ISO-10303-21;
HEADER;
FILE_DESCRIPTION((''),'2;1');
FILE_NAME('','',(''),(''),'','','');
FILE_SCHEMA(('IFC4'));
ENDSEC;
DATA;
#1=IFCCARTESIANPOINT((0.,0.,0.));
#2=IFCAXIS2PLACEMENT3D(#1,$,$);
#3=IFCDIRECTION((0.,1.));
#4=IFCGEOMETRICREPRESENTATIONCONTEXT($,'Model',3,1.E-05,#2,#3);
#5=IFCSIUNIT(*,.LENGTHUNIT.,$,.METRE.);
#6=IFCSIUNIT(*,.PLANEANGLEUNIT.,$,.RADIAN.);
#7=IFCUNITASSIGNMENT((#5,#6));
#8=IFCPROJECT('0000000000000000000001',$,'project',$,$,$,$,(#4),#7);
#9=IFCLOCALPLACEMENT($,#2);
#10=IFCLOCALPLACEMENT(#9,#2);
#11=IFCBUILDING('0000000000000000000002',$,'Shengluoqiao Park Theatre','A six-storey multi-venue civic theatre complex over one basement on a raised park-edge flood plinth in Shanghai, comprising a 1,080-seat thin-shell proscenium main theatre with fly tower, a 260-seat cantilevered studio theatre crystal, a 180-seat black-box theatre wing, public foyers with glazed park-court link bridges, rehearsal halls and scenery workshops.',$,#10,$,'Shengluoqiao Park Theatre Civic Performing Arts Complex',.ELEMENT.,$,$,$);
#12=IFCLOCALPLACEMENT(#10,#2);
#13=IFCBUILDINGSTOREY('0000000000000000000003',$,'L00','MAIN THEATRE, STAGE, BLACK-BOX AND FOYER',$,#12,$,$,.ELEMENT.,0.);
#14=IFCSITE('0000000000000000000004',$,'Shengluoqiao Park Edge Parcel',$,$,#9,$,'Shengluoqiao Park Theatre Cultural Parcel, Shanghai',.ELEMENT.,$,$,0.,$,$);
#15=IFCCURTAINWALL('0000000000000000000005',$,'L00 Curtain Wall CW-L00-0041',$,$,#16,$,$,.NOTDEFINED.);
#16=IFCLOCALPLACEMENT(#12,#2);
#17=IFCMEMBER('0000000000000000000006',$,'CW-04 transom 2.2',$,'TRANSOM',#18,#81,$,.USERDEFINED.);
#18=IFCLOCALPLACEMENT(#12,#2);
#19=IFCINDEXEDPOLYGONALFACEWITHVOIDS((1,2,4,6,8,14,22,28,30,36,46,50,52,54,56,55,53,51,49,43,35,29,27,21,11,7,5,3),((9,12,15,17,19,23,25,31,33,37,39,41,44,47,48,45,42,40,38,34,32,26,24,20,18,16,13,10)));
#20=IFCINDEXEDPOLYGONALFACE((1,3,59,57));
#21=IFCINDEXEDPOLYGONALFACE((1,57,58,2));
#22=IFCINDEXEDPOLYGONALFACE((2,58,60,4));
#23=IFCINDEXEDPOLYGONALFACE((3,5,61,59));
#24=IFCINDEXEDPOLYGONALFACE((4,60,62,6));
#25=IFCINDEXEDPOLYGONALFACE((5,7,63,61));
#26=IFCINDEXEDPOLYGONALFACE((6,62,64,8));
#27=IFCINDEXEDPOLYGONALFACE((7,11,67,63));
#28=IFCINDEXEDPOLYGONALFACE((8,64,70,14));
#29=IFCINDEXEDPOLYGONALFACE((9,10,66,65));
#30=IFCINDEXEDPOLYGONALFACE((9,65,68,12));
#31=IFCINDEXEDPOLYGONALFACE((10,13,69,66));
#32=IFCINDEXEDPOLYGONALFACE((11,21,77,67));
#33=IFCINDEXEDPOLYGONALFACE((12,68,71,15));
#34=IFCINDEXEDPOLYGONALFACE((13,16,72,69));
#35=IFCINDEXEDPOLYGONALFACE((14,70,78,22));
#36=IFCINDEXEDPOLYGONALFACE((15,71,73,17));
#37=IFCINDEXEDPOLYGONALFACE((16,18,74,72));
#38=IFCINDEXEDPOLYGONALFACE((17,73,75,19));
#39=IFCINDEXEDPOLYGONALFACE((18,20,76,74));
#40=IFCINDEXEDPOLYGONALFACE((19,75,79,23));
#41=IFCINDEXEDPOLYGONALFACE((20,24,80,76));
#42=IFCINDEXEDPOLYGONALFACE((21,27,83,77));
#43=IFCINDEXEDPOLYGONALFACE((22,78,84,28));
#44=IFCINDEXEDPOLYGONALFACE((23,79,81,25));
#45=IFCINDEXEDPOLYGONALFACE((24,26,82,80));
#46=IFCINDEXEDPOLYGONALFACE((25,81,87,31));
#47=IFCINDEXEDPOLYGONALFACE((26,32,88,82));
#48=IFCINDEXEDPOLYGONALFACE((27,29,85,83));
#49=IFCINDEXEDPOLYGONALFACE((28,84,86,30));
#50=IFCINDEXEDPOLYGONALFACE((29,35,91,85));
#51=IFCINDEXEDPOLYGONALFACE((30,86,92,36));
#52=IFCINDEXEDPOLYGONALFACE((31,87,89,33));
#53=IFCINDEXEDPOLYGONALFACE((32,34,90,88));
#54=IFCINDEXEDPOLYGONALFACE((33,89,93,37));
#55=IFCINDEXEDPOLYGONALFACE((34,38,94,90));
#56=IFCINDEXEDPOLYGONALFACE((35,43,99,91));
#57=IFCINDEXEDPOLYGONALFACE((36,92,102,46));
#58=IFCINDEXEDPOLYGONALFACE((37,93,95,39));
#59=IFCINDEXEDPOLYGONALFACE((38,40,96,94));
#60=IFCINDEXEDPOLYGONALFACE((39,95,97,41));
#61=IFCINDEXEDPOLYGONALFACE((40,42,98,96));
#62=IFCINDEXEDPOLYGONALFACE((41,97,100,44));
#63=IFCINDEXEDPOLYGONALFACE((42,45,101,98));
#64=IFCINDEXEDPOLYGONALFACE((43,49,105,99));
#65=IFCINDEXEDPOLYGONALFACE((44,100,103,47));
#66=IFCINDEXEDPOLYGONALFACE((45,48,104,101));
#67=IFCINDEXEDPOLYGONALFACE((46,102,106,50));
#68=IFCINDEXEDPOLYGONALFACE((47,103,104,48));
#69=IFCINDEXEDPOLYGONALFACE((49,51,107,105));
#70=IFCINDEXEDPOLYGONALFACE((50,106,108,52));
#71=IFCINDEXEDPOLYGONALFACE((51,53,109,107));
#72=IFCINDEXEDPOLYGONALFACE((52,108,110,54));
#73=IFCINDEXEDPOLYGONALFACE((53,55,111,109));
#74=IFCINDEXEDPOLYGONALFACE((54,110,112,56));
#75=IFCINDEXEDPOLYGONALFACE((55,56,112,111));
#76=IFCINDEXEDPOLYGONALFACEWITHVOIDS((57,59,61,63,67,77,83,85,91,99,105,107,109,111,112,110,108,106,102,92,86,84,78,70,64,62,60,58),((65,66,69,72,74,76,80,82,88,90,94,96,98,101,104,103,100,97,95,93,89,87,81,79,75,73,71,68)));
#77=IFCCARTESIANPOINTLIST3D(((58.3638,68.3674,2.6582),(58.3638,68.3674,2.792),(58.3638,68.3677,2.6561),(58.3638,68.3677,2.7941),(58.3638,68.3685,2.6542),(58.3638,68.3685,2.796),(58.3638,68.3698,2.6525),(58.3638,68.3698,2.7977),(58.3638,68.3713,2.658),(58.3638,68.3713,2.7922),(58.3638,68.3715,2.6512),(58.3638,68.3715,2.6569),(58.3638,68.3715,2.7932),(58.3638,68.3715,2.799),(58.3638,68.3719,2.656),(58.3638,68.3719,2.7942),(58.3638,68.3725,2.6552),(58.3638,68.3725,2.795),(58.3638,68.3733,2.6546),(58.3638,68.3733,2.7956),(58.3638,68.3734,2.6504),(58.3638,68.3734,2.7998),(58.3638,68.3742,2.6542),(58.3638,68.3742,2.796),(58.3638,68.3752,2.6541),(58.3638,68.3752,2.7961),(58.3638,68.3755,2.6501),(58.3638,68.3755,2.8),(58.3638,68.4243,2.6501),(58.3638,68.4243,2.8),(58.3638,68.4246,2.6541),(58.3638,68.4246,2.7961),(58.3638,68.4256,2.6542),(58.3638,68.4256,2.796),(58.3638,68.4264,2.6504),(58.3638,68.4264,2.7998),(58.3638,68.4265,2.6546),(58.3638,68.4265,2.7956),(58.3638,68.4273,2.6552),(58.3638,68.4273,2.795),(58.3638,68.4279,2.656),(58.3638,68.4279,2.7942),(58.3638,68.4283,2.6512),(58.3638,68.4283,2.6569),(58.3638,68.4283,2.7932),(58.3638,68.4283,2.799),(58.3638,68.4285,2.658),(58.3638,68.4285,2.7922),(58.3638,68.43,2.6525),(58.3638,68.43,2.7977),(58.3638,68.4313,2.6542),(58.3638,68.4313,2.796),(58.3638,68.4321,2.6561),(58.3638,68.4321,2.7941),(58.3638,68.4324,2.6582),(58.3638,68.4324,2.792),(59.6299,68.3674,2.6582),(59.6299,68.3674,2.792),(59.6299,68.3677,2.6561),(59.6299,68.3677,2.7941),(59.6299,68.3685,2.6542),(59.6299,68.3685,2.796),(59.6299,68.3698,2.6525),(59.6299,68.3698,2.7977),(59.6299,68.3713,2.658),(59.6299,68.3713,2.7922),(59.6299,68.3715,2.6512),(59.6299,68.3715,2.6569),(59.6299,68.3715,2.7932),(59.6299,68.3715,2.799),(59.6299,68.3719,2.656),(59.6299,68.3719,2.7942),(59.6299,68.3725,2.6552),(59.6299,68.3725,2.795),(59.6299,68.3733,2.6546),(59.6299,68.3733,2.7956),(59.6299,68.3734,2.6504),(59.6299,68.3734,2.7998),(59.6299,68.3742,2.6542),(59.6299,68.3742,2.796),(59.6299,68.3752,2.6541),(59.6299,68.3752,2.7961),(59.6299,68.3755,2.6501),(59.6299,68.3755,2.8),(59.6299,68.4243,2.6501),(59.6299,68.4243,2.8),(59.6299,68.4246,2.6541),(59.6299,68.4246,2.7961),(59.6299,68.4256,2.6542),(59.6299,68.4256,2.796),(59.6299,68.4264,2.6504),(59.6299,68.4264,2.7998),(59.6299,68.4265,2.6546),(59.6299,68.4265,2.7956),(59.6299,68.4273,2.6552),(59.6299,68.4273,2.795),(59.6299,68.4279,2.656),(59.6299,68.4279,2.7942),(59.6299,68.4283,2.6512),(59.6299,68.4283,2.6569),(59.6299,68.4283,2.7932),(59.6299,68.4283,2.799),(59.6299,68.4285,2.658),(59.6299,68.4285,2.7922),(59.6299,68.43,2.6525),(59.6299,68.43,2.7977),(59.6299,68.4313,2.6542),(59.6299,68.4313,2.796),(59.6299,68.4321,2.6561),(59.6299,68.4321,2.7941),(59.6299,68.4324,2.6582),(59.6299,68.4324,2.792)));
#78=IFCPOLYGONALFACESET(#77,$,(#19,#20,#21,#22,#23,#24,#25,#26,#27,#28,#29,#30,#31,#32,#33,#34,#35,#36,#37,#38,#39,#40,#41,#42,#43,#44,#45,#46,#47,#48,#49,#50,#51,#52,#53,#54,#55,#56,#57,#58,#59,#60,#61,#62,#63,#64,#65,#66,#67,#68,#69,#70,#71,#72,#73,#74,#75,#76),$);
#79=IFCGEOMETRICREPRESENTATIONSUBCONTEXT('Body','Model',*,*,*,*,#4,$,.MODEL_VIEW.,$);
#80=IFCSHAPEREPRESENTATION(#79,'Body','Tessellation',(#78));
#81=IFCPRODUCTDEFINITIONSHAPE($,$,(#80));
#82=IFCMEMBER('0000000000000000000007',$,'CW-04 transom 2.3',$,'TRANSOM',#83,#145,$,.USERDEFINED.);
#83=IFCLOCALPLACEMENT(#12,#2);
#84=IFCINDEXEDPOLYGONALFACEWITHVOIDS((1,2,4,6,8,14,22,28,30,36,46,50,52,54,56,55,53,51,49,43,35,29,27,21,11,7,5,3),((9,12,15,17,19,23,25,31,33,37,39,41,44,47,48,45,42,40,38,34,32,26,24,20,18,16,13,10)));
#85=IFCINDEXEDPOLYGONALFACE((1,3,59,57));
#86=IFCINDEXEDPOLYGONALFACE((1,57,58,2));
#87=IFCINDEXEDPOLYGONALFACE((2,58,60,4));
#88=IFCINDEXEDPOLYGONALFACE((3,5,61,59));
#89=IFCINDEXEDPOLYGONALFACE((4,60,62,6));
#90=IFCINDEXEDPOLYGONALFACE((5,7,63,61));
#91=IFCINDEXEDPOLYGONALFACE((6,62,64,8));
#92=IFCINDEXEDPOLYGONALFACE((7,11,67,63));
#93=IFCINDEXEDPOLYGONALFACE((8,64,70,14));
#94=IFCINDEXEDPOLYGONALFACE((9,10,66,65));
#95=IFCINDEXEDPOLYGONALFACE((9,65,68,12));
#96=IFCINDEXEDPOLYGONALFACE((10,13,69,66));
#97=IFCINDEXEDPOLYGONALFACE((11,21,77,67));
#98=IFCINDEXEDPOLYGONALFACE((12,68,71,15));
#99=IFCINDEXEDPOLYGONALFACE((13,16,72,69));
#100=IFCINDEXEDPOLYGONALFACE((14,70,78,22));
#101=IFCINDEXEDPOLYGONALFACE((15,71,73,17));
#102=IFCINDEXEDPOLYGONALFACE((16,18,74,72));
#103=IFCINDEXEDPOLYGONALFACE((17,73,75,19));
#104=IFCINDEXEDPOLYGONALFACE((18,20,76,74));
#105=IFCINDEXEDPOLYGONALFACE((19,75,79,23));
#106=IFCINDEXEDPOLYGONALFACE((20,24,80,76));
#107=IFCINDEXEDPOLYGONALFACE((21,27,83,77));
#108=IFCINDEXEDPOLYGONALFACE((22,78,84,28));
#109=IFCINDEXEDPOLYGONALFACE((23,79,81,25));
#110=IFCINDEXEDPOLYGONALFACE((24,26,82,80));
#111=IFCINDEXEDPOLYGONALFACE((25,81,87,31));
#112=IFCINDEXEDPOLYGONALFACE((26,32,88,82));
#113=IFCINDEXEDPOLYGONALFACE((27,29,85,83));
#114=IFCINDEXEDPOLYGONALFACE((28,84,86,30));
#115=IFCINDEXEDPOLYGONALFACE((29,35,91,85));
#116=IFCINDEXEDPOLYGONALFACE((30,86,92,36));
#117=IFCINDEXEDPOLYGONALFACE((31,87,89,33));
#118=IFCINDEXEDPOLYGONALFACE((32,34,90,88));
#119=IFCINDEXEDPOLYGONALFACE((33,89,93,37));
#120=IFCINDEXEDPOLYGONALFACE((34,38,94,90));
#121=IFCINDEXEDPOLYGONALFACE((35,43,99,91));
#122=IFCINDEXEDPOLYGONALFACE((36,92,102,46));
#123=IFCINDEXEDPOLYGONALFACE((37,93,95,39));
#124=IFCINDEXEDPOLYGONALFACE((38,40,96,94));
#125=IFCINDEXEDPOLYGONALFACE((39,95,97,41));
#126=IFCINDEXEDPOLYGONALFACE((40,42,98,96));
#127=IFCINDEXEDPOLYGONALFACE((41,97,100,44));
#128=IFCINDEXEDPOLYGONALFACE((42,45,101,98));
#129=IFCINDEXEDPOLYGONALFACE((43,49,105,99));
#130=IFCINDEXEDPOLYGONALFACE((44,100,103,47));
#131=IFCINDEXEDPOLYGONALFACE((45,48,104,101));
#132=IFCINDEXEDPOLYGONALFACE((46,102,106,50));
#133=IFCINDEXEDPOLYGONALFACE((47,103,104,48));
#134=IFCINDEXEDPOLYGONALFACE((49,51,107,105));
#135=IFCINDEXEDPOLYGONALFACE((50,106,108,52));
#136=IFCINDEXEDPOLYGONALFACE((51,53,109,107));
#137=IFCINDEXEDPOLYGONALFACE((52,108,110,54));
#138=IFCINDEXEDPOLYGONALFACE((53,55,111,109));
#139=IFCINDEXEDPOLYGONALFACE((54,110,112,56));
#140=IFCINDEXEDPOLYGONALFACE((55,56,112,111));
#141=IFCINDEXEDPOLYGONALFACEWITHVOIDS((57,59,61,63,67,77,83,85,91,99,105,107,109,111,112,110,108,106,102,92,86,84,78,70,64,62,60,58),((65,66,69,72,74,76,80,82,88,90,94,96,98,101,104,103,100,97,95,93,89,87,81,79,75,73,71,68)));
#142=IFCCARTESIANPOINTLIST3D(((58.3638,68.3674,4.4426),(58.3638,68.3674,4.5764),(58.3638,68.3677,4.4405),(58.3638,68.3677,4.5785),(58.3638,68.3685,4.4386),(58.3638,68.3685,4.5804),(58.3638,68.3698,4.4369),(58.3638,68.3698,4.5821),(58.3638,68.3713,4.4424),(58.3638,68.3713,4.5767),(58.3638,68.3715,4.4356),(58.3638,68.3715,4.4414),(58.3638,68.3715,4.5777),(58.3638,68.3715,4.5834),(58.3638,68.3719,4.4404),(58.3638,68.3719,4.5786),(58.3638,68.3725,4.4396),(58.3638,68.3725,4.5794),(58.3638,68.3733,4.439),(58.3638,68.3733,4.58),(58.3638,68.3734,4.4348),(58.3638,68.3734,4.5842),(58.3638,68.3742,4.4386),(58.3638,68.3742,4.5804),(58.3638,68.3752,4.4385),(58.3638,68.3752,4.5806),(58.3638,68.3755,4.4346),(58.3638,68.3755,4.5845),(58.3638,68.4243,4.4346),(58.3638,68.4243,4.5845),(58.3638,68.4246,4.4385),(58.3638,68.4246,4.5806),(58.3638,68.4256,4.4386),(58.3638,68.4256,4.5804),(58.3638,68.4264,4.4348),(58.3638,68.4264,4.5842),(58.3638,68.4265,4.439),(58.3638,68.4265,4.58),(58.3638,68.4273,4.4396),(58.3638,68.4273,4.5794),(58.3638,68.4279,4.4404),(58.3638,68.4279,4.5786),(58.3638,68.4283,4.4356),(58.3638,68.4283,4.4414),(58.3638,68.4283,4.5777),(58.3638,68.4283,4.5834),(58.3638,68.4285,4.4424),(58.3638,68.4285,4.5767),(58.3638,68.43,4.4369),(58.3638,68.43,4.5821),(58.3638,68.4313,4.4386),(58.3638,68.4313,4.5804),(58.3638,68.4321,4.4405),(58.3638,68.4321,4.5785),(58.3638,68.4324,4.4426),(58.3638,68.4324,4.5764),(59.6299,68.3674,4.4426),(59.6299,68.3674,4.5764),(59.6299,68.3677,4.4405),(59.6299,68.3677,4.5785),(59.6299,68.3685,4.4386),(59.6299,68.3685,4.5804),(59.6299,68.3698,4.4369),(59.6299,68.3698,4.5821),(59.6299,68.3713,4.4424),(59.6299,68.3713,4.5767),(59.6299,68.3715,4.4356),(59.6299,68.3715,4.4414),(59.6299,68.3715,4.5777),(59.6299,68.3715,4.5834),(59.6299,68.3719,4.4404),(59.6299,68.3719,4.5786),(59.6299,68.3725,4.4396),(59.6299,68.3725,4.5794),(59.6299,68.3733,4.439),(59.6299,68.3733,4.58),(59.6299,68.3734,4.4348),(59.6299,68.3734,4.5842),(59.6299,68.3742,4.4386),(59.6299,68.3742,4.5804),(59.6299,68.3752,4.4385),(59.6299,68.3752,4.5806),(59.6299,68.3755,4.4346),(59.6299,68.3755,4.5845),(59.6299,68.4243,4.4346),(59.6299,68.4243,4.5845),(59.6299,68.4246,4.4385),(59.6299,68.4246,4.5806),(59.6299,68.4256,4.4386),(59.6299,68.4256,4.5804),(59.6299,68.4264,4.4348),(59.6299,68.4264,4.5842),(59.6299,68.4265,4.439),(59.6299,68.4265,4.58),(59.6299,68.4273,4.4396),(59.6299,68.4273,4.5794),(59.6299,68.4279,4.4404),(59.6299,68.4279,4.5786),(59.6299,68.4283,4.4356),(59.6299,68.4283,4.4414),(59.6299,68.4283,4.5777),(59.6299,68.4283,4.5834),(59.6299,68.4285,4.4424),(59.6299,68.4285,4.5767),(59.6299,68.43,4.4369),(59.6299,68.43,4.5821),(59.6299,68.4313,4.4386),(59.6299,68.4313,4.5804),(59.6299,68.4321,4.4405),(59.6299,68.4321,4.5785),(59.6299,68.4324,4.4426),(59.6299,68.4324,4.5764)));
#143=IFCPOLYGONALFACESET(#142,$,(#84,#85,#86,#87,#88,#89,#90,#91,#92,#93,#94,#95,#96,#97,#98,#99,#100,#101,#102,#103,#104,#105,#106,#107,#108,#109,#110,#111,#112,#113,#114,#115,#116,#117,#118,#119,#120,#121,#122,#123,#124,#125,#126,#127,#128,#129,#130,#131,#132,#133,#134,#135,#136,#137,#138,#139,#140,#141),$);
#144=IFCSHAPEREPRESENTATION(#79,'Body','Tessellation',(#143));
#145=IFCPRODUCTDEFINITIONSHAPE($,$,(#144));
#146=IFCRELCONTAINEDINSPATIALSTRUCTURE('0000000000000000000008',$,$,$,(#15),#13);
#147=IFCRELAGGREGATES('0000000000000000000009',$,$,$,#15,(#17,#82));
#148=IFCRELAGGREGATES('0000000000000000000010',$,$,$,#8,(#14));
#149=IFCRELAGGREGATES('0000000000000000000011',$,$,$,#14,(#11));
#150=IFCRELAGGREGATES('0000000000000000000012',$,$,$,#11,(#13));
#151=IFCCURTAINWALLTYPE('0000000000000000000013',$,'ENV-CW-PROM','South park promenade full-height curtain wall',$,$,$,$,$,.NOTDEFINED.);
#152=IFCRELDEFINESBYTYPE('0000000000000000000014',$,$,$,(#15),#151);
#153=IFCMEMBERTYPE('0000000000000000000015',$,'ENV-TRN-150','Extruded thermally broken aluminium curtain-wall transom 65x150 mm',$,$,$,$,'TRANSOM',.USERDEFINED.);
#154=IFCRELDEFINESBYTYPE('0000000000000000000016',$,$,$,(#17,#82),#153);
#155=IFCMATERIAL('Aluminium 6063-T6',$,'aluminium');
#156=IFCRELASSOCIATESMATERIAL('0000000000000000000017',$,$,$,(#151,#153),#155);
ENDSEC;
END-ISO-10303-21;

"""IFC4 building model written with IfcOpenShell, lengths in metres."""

from ifc_helpers import new_model, si_unit, direction, frame, origin, origin_2d, place, context, subcontext, project, spatial, hollow_rectangle, extrude, material, material_profile, profile_set, type_object, element, aggregate, save


model = new_model("IFC4")

# Units and contexts
model_context = context("Model", 3, precision=1e-05, world=origin(), true_north=direction((0.0, 1.0)))
body_context = subcontext(model_context, "Body", "Model", "MODEL_VIEW")
ifc_project = project(units=[si_unit("LENGTHUNIT", "METRE"), si_unit("PLANEANGLEUNIT", "RADIAN")], contexts=[model_context])

# Site, building, storey
site_placement = place(None, origin())
site = spatial("IfcSite", under=ifc_project, at=site_placement, Name="Shengluoqiao Park Edge Parcel", LongName="Shengluoqiao Park Theatre Cultural Parcel, Shanghai", CompositionType="ELEMENT", RefElevation=0.0)
building_placement = place(site_placement, origin())
building = spatial("IfcBuilding", under=site, at=building_placement, Name="Shengluoqiao Park Theatre", Description="A six-storey multi-venue civic theatre complex over one basement on a raised park-edge flood plinth in Shanghai, comprising a 1,080-seat thin-shell proscenium main theatre with fly tower, a 260-seat cantilevered studio theatre crystal, a 180-seat black-box theatre wing, public foyers with glazed park-court link bridges, rehearsal halls and scenery workshops.", LongName="Shengluoqiao Park Theatre Civic Performing Arts Complex", CompositionType="ELEMENT")
storey_placement = place(building_placement, origin())
storey = spatial("IfcBuildingStorey", under=building, at=storey_placement, Name="L00", Description="MAIN THEATRE, STAGE, BLACK-BOX AND FOYER", CompositionType="ELEMENT", Elevation=0.0)

# Curtain wall
ifc_material_1 = material(Name="Aluminium 6063-T6", Category="aluminium")
curtain_wall_type = type_object("IfcCurtainWallType", Name="ENV-CW-PROM", Description="South park promenade full-height curtain wall", PredefinedType="NOTDEFINED", material=ifc_material_1)
curtain_wall_1_placement = place(storey_placement, origin())
curtain_wall_1 = element("IfcCurtainWall", 1, at=curtain_wall_1_placement, inside=storey, type_object=curtain_wall_type, Name="L00 Curtain Wall CW-L00-0041", PredefinedType="NOTDEFINED")

# Members
ifc_material_profile_1 = material_profile(ifc_material_1, hollow_rectangle(XDim=0.0649, YDim=0.1499, WallThickness=0.0039, InnerFilletRadius=0.0039, OuterFilletRadius=0.0081, at=origin_2d()), Name="ALU TRANSOM 150x65x4")
ifc_profile_set_1 = profile_set([ifc_material_profile_1], Name="Aluminium 6063-T6")
member_type_1 = type_object("IfcMemberType", Name="ENV-TRN-150", Description="Extruded thermally broken aluminium curtain-wall transom 65x150 mm", ElementType="TRANSOM", PredefinedType="USERDEFINED", material=ifc_profile_set_1)
member_1_placement = place(storey_placement, frame((58.3638, 68.3999, 2.7251), z_axis=(1.0, 0.0, 0.0), x_axis=(0.0, 1.0, 0.0)))
member_1 = element("IfcMember", 2, at=member_1_placement, type_object=member_type_1, Name="CW-04 transom 2.2", ObjectType="TRANSOM", PredefinedType="USERDEFINED", context=body_context, shape_type="SweptSolid", body=[
    extrude(hollow_rectangle(XDim=0.0649, YDim=0.1499, WallThickness=0.0039, InnerFilletRadius=0.0039, OuterFilletRadius=0.0081, at=origin_2d()), origin(), (0.0, 0.0, 1.0), 1.2661),
])
member_2_placement = place(storey_placement, frame((58.3638, 68.3999, 4.5095), z_axis=(1.0, 0.0, 0.0), x_axis=(0.0, 1.0, 0.0)))
member_2 = element("IfcMember", 3, at=member_2_placement, type_object=member_type_1, Name="CW-04 transom 2.3", ObjectType="TRANSOM", PredefinedType="USERDEFINED", context=body_context, shape_type="SweptSolid", body=[
    extrude(hollow_rectangle(XDim=0.0649, YDim=0.1499, WallThickness=0.0039, InnerFilletRadius=0.0039, OuterFilletRadius=0.0081, at=origin_2d()), origin(), (0.0, 0.0, 1.0), 1.2661),
])

aggregate(curtain_wall_1, [member_1, member_2])

save(model, "model.ifc")
